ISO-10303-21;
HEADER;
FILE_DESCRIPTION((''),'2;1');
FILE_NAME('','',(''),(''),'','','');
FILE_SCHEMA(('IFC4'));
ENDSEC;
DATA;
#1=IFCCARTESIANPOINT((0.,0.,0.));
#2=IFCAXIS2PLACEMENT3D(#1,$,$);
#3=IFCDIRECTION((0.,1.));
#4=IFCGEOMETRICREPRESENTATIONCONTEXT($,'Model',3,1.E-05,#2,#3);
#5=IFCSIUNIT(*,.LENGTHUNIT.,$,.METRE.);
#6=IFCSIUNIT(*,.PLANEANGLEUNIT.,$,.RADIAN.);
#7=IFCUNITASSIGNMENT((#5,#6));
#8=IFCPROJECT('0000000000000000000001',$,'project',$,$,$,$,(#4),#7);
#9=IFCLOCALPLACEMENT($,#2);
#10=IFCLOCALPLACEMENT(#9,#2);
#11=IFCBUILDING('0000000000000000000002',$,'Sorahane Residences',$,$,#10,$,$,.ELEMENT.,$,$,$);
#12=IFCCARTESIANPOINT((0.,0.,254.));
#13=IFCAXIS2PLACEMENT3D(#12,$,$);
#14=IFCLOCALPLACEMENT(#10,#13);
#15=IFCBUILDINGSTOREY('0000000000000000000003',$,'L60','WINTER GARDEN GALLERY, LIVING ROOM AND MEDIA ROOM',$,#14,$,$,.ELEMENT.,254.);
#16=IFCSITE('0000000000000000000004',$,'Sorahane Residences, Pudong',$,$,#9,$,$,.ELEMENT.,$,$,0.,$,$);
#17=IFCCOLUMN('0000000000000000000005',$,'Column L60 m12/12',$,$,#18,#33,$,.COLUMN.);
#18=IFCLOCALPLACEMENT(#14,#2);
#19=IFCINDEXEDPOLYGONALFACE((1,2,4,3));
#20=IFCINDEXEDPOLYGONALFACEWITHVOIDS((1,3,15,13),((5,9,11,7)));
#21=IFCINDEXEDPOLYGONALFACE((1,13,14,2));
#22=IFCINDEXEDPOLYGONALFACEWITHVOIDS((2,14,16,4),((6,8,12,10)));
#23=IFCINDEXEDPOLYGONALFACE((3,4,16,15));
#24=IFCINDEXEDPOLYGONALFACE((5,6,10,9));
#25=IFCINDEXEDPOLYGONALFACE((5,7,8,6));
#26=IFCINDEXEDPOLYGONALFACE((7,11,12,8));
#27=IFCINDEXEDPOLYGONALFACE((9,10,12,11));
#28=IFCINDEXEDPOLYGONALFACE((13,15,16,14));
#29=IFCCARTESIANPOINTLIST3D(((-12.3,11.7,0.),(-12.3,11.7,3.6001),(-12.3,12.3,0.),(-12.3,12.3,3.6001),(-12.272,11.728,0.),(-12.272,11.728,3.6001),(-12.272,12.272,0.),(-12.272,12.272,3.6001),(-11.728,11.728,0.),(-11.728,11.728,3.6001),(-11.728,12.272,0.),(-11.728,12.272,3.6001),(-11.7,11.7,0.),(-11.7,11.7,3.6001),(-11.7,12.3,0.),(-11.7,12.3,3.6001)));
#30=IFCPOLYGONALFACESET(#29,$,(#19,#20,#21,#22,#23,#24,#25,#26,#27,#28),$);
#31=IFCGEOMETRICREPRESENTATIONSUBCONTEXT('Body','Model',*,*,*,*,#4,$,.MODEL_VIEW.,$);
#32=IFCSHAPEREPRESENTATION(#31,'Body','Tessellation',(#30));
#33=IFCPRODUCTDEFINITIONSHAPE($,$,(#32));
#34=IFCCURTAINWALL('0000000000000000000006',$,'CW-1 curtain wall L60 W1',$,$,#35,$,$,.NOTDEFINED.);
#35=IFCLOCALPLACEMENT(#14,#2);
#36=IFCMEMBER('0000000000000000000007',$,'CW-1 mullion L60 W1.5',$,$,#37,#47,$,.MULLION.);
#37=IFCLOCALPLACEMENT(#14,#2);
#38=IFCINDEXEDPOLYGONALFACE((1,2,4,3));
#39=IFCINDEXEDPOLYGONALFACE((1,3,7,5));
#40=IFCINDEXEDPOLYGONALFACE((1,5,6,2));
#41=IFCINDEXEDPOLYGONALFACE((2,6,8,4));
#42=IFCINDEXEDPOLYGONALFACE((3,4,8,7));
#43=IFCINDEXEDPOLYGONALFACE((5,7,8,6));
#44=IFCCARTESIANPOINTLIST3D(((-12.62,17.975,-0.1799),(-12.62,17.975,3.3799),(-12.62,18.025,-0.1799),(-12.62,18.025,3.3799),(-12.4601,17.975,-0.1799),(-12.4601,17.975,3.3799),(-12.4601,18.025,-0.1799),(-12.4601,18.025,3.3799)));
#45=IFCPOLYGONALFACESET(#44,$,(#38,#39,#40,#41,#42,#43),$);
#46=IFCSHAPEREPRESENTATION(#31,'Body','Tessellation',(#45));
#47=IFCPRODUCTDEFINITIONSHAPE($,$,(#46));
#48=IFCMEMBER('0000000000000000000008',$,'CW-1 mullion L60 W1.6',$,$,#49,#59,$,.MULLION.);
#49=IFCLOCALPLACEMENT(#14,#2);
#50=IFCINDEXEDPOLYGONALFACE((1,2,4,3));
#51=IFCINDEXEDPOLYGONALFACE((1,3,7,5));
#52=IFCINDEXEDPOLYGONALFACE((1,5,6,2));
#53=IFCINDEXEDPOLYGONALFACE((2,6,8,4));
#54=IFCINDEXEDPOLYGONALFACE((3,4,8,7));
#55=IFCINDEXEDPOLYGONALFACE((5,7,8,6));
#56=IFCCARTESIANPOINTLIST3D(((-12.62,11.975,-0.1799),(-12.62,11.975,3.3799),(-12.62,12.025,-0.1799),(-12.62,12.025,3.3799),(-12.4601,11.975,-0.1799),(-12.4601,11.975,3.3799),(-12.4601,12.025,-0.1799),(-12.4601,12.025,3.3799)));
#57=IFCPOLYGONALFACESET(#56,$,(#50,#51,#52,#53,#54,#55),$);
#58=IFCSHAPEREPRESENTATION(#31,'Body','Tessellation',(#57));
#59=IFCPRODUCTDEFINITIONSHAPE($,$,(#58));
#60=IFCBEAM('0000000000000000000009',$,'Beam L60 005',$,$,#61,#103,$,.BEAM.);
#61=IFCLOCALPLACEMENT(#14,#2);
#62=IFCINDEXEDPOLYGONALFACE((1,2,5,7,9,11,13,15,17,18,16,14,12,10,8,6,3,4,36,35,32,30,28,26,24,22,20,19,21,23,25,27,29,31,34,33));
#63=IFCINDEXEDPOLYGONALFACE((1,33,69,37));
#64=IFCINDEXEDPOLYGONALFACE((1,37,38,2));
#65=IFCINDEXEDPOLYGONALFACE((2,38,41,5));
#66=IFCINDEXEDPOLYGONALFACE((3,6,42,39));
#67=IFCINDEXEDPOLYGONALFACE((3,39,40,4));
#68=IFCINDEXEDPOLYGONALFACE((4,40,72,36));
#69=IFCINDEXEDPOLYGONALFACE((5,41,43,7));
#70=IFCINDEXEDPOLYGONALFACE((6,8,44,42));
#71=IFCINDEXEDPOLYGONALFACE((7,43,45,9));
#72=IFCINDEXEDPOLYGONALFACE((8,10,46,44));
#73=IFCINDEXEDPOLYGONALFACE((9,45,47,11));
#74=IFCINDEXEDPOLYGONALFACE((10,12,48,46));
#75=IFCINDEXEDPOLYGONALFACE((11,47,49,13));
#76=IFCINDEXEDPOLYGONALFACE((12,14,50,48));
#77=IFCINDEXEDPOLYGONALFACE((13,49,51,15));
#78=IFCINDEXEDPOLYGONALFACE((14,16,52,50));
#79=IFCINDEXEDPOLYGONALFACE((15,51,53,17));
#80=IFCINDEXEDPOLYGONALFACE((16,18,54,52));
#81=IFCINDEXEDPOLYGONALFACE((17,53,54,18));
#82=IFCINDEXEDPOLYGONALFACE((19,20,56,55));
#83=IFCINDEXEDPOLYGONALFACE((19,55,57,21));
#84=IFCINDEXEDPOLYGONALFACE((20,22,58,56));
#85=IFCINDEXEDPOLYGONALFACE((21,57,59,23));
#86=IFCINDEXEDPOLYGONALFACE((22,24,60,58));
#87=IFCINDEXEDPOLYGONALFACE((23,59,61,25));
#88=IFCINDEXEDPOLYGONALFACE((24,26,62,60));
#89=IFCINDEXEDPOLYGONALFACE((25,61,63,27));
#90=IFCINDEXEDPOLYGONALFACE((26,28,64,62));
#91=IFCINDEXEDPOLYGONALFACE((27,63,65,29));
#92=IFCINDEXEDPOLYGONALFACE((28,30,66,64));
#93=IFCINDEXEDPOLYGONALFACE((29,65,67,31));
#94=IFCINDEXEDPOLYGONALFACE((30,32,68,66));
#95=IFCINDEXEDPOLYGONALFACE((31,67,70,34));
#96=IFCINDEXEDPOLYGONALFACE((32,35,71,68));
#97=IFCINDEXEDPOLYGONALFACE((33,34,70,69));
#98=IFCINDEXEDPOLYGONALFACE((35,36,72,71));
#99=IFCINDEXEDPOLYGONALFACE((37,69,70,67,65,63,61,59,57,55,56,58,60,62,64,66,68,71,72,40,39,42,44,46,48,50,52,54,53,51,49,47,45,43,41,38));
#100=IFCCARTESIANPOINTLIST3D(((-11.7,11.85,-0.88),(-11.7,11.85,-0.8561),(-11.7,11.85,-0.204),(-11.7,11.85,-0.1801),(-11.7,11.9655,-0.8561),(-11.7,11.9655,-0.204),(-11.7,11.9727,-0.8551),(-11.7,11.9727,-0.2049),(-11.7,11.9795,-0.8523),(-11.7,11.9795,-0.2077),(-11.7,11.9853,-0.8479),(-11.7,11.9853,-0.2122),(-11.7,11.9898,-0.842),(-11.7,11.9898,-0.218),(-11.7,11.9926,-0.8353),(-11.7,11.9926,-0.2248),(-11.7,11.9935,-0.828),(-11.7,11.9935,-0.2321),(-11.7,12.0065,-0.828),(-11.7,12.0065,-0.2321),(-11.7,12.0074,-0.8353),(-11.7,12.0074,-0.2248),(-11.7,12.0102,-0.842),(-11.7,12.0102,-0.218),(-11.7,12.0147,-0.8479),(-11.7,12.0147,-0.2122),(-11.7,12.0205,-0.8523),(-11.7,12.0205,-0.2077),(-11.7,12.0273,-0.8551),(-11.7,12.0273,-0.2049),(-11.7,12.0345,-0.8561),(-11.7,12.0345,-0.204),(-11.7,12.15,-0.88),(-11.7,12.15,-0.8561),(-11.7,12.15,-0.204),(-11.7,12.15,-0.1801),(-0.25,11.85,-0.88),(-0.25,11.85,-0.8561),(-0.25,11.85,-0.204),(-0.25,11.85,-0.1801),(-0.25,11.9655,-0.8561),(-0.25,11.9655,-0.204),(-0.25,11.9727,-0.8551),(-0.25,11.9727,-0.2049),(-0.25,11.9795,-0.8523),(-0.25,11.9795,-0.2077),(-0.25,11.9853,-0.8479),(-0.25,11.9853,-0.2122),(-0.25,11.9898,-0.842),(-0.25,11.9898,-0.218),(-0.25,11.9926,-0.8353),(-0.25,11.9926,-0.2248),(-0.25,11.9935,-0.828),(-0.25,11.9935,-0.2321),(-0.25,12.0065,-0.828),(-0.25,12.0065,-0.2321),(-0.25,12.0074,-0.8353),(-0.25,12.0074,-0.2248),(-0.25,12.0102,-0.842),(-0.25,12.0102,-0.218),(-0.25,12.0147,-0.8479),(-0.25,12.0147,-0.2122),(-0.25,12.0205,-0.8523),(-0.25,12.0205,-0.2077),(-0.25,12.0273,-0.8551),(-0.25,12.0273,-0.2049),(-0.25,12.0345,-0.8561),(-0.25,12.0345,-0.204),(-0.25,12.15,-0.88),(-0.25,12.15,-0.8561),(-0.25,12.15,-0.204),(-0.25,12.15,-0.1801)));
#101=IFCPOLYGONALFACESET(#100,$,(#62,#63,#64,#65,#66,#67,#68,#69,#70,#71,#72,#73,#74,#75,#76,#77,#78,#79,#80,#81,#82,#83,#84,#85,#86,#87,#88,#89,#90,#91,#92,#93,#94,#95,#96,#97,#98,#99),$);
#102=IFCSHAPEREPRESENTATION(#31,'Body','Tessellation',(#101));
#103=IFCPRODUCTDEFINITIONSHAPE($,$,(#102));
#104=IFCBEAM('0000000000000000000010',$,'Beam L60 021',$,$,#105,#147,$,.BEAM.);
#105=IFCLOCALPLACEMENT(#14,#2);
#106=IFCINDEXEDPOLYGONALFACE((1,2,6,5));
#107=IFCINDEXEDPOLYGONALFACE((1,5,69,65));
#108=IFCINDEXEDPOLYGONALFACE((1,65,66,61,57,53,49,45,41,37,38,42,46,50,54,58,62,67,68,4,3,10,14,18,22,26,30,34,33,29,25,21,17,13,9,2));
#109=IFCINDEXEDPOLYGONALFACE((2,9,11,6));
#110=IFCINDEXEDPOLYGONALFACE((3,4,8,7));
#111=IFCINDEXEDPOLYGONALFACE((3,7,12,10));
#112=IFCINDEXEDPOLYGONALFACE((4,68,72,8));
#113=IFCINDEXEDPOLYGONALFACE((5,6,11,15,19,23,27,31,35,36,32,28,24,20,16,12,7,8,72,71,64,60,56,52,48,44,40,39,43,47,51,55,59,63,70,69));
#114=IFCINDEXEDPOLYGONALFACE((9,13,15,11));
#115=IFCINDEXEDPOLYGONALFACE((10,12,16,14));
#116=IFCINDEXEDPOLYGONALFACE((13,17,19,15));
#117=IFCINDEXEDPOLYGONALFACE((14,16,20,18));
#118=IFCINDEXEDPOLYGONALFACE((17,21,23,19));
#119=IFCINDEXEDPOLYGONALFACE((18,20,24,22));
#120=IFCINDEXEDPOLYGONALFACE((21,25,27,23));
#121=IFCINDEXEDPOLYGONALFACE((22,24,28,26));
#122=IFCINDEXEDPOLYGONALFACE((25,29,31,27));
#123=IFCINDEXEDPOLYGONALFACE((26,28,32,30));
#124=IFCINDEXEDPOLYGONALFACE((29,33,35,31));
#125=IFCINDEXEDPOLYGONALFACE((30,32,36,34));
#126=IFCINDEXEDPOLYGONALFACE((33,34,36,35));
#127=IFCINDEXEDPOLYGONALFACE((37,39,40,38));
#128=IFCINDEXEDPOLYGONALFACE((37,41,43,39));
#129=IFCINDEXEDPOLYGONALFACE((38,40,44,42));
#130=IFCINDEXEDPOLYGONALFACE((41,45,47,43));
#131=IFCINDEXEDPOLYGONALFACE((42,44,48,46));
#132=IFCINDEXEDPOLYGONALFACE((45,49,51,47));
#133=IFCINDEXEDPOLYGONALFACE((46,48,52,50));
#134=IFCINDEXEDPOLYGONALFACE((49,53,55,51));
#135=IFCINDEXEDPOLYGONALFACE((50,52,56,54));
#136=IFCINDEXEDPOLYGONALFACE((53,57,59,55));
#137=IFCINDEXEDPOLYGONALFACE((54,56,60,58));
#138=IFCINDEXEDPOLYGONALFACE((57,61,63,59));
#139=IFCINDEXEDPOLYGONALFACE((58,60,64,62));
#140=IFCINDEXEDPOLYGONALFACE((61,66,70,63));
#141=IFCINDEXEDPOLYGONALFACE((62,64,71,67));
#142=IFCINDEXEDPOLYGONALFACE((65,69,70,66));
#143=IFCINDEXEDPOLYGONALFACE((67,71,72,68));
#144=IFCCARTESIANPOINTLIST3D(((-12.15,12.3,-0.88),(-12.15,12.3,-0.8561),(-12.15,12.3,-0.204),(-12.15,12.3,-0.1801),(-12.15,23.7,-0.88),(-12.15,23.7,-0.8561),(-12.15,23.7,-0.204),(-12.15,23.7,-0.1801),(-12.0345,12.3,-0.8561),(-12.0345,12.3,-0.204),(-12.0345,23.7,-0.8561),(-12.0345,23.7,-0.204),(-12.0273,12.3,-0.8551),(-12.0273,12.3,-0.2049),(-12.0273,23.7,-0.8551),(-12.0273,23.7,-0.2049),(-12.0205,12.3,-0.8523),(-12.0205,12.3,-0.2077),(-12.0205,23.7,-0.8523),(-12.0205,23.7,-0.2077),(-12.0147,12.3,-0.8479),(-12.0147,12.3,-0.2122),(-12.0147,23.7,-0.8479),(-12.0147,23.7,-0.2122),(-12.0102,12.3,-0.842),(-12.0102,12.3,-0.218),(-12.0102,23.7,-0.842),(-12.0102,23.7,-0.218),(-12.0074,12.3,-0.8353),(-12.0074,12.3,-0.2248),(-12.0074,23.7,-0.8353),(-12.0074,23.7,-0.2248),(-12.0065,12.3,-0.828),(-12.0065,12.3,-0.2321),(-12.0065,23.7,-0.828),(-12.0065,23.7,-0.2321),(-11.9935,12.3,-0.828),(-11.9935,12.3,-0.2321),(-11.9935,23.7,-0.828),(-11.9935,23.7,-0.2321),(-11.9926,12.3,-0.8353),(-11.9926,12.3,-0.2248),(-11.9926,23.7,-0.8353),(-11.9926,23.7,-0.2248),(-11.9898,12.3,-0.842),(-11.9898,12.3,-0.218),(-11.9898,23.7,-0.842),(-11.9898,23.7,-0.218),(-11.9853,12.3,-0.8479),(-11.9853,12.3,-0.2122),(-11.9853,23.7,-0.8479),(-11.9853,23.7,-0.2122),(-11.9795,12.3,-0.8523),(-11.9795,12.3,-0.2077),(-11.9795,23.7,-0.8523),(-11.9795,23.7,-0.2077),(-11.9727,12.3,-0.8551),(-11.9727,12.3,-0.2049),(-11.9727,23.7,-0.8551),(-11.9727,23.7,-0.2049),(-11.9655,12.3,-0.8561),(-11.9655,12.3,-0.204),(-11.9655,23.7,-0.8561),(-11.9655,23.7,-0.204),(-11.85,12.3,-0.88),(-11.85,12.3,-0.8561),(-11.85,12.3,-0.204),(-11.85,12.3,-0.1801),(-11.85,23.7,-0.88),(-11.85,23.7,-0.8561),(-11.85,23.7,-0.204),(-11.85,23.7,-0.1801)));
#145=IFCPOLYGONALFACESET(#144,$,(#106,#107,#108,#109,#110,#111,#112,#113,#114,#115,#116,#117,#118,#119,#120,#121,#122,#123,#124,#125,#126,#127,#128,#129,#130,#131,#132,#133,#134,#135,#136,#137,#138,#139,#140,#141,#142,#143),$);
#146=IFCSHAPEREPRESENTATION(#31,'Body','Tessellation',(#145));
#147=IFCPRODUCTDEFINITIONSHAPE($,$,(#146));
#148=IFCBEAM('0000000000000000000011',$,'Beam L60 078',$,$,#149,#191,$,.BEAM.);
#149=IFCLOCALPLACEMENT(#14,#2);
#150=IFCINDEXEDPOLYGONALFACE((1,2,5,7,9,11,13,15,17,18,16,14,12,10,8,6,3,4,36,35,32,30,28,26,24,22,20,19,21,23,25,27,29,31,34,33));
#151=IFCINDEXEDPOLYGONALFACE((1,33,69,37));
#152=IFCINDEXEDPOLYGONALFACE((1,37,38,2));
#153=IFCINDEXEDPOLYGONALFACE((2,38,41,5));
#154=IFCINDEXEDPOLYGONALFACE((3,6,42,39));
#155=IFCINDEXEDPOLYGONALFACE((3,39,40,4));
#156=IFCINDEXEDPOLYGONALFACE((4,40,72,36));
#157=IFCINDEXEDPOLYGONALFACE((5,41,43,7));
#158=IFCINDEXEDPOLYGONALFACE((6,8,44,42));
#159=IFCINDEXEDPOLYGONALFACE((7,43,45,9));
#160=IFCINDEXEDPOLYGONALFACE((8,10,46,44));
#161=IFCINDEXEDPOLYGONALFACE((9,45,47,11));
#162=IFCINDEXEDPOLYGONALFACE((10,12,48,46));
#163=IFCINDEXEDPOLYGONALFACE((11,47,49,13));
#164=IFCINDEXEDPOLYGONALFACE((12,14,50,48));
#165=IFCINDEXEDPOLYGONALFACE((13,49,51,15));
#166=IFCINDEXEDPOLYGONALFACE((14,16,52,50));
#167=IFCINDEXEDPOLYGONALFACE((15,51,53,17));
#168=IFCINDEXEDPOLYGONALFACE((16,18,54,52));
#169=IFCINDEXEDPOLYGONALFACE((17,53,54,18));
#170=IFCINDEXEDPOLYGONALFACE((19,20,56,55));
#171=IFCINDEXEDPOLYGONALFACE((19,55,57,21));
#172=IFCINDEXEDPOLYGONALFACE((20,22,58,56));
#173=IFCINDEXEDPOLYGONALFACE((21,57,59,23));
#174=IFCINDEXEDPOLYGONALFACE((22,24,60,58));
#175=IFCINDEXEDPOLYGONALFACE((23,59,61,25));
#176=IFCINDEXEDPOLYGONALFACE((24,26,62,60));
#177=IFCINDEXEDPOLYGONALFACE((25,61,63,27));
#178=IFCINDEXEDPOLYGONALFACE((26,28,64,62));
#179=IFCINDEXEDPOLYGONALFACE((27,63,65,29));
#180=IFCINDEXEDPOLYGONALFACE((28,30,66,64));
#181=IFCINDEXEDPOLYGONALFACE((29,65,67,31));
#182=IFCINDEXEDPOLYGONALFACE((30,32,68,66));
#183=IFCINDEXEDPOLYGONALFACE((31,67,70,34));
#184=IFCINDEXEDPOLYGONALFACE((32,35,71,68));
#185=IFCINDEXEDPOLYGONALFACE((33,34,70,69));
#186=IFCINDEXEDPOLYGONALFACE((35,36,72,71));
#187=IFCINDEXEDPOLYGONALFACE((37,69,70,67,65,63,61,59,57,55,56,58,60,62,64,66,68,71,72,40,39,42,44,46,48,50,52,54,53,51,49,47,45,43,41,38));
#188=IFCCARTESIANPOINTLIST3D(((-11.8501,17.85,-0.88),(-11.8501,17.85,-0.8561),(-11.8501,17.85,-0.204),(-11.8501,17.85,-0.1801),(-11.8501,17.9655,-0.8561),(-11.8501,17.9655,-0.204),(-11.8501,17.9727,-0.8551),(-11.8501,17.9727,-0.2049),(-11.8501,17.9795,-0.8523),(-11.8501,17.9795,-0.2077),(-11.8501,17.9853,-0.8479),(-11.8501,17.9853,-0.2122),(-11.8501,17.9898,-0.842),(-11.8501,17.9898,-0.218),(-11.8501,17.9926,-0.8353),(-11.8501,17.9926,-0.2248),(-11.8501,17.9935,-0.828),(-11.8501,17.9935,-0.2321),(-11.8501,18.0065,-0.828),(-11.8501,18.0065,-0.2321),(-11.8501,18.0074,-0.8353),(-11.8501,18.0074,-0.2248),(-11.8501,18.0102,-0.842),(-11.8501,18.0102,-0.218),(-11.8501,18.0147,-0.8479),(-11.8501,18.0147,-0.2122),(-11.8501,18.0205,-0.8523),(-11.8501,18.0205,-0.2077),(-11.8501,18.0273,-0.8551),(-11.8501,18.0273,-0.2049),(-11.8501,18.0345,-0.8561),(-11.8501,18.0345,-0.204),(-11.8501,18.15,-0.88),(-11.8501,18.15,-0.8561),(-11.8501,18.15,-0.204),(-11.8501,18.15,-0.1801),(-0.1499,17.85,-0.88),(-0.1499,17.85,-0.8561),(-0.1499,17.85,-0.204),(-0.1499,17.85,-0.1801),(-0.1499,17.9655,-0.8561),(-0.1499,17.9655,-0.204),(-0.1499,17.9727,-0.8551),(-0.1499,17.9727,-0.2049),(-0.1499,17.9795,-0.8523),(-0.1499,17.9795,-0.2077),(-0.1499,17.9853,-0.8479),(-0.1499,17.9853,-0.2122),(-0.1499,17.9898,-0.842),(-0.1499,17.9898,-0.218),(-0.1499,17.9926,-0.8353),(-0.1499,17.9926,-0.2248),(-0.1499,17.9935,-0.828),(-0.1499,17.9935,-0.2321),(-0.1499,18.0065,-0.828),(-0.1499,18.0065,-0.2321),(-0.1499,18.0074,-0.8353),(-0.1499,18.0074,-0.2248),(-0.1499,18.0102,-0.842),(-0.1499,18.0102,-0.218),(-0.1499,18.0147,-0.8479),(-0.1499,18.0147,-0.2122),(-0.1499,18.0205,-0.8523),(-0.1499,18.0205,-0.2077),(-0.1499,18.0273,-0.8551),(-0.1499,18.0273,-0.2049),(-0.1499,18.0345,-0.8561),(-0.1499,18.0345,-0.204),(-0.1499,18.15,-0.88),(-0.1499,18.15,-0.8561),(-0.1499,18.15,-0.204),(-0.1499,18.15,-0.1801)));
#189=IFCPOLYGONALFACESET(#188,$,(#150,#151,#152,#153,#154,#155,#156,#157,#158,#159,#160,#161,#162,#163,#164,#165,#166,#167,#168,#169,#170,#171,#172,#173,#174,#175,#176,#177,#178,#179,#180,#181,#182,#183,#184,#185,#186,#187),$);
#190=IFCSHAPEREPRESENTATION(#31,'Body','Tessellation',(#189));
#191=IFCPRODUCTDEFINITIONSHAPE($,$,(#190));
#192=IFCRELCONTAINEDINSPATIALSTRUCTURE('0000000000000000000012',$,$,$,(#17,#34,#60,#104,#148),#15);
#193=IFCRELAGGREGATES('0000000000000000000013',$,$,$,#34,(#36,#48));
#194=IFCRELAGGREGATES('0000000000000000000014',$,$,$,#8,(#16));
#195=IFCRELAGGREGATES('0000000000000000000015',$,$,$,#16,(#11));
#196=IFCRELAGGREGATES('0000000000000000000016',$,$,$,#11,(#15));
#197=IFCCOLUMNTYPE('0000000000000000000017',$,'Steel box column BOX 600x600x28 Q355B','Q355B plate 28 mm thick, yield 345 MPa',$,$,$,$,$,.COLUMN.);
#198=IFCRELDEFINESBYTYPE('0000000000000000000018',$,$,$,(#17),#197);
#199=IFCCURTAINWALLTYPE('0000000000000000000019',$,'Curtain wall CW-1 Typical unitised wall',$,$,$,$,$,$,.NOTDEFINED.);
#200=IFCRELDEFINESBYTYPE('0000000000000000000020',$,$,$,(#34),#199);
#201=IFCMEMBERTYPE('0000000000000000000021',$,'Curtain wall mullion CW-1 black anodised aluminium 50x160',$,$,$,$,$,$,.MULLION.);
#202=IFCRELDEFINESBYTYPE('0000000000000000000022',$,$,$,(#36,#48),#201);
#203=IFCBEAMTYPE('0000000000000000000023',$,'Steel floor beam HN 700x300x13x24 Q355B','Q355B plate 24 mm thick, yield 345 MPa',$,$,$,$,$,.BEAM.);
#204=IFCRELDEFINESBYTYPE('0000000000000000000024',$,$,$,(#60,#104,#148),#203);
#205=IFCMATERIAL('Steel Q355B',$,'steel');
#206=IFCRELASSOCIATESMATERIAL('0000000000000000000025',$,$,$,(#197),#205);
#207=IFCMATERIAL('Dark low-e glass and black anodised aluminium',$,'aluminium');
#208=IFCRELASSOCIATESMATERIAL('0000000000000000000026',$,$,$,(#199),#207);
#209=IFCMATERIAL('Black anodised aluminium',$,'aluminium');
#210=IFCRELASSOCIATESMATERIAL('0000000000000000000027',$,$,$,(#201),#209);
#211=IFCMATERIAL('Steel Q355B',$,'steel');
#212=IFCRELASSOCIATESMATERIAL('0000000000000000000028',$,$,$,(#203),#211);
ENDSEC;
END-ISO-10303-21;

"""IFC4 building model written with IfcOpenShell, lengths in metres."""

from ifc_helpers import new_model, si_unit, direction, frame, origin, origin_2d, place, context, subcontext, project, spatial, rectangle, hollow_rectangle, i_section, extrude, material, material_profile, profile_set, type_object, element, aggregate, save


model = new_model("IFC4")

# Units and contexts
model_context = context("Model", 3, precision=1e-05, world=origin(), true_north=direction((0.0, 1.0)))
body_context = subcontext(model_context, "Body", "Model", "MODEL_VIEW")
ifc_project = project(units=[si_unit("LENGTHUNIT", "METRE"), si_unit("PLANEANGLEUNIT", "RADIAN")], contexts=[model_context])

# Site, building, storey
site_placement = place(None, origin())
site = spatial("IfcSite", under=ifc_project, at=site_placement, Name="Sorahane Residences, Pudong", CompositionType="ELEMENT", RefElevation=0.0)
building_placement = place(site_placement, origin())
building = spatial("IfcBuilding", under=site, at=building_placement, Name="Sorahane Residences", CompositionType="ELEMENT")
storey_placement = place(building_placement, frame((0.0, 0.0, 254.0)))
storey = spatial("IfcBuildingStorey", under=building, at=storey_placement, Name="L60", Description="WINTER GARDEN GALLERY, LIVING ROOM AND MEDIA ROOM", CompositionType="ELEMENT", Elevation=254.0)

# Column
ifc_material_1 = material(Name="Steel Q355B", Category="steel")
ifc_material_profile_1 = material_profile(ifc_material_1, hollow_rectangle(XDim=0.6001, YDim=0.6001, WallThickness=0.0281, at=origin_2d()), Name="BOX 600x600x28")
ifc_profile_set_1 = profile_set([ifc_material_profile_1], Name="Steel Q355B")
column_type = type_object("IfcColumnType", Name="Steel box column BOX 600x600x28 Q355B", Description="Q355B plate 28 mm thick, yield 345 MPa", PredefinedType="COLUMN", material=ifc_profile_set_1)
column_placement = place(storey_placement, frame((-12.0, 12.0, 0.0), z_axis=(0.0, 0.0, 1.0), x_axis=(1.0, 0.0, 0.0)))
element("IfcColumn", 1, at=column_placement, inside=storey, type_object=column_type, Name="Column L60 m12/12", PredefinedType="COLUMN", context=body_context, shape_type="SweptSolid", body=[
    extrude(hollow_rectangle(XDim=0.6001, YDim=0.6001, WallThickness=0.0281, at=origin_2d()), origin(), (0.0, 0.0, 1.0), 3.6001),
])

# Curtain wall, members
ifc_material_2 = material(Name="Dark low-e glass and black anodised aluminium", Category="aluminium")
curtain_wall_type = type_object("IfcCurtainWallType", Name="Curtain wall CW-1 Typical unitised wall", PredefinedType="NOTDEFINED", material=ifc_material_2)
curtain_wall_placement = place(storey_placement, origin())
curtain_wall = element("IfcCurtainWall", 2, at=curtain_wall_placement, inside=storey, type_object=curtain_wall_type, Name="CW-1 curtain wall L60 W1", PredefinedType="NOTDEFINED")
ifc_material_3 = material(Name="Black anodised aluminium", Category="aluminium")
ifc_material_profile_2 = material_profile(ifc_material_3, rectangle(XDim=0.1599, YDim=0.05, at=origin_2d()), Name="Curtain wall mullion CW-1 black anodised aluminium 50x160")
ifc_profile_set_2 = profile_set([ifc_material_profile_2], Name="Black anodised aluminium")
member_type = type_object("IfcMemberType", Name="Curtain wall mullion CW-1 black anodised aluminium 50x160", PredefinedType="MULLION", material=ifc_profile_set_2)
member_1_placement = place(storey_placement, frame((-12.54, 18.0, -0.1799), z_axis=(0.0, 0.0, 1.0), x_axis=(-1.0, 0.0, 0.0)))
member_1 = element("IfcMember", 3, at=member_1_placement, type_object=member_type, Name="CW-1 mullion L60 W1.5", PredefinedType="MULLION", context=body_context, shape_type="SweptSolid", body=[
    extrude(rectangle(XDim=0.1599, YDim=0.05, at=origin_2d()), origin(), (0.0, 0.0, 1.0), 3.5598),
])
member_2_placement = place(storey_placement, frame((-12.54, 12.0, -0.1799), z_axis=(0.0, 0.0, 1.0), x_axis=(-1.0, 0.0, 0.0)))
member_2 = element("IfcMember", 4, at=member_2_placement, type_object=member_type, Name="CW-1 mullion L60 W1.6", PredefinedType="MULLION", context=body_context, shape_type="SweptSolid", body=[
    extrude(rectangle(XDim=0.1599, YDim=0.05, at=origin_2d()), origin(), (0.0, 0.0, 1.0), 3.5598),
])

# Beams
ifc_material_4 = material(Name="Steel Q355B", Category="steel")
ifc_material_profile_3 = material_profile(ifc_material_4, i_section(OverallWidth=0.3, OverallDepth=0.7, WebThickness=0.0129, FlangeThickness=0.0239, FilletRadius=0.0281, at=origin_2d()), Name="HN 700x300x13x24")
ifc_profile_set_3 = profile_set([ifc_material_profile_3], Name="Steel Q355B")
beam_type = type_object("IfcBeamType", Name="Steel floor beam HN 700x300x13x24 Q355B", Description="Q355B plate 24 mm thick, yield 345 MPa", PredefinedType="BEAM", material=ifc_profile_set_3)
beam_1_placement = place(storey_placement, frame((-11.7, 12.0, -0.53), z_axis=(1.0, 0.0, 0.0), x_axis=(0.0, 1.0, 0.0)))
element("IfcBeam", 5, at=beam_1_placement, inside=storey, type_object=beam_type, Name="Beam L60 005", PredefinedType="BEAM", context=body_context, shape_type="SweptSolid", body=[
    extrude(i_section(OverallWidth=0.3, OverallDepth=0.7, WebThickness=0.0129, FlangeThickness=0.0239, FilletRadius=0.0281, at=origin_2d()), origin(), (0.0, 0.0, 1.0), 11.45),
])
beam_2_placement = place(storey_placement, frame((-12.0, 12.3, -0.53), z_axis=(0.0, 1.0, 0.0), x_axis=(-1.0, 0.0, 0.0)))
element("IfcBeam", 6, at=beam_2_placement, inside=storey, type_object=beam_type, Name="Beam L60 021", PredefinedType="BEAM", context=body_context, shape_type="SweptSolid", body=[
    extrude(i_section(OverallWidth=0.3, OverallDepth=0.7, WebThickness=0.0129, FlangeThickness=0.0239, FilletRadius=0.0281, at=origin_2d()), origin(), (0.0, 0.0, 1.0), 11.3999),
])
beam_3_placement = place(storey_placement, frame((-11.8501, 18.0, -0.53), z_axis=(1.0, 0.0, 0.0), x_axis=(0.0, 1.0, 0.0)))
element("IfcBeam", 7, at=beam_3_placement, inside=storey, type_object=beam_type, Name="Beam L60 078", PredefinedType="BEAM", context=body_context, shape_type="SweptSolid", body=[
    extrude(i_section(OverallWidth=0.3, OverallDepth=0.7, WebThickness=0.0129, FlangeThickness=0.0239, FilletRadius=0.0281, at=origin_2d()), origin(), (0.0, 0.0, 1.0), 11.7002),
])

aggregate(curtain_wall, [member_1, member_2])

save(model, "model.ifc")
